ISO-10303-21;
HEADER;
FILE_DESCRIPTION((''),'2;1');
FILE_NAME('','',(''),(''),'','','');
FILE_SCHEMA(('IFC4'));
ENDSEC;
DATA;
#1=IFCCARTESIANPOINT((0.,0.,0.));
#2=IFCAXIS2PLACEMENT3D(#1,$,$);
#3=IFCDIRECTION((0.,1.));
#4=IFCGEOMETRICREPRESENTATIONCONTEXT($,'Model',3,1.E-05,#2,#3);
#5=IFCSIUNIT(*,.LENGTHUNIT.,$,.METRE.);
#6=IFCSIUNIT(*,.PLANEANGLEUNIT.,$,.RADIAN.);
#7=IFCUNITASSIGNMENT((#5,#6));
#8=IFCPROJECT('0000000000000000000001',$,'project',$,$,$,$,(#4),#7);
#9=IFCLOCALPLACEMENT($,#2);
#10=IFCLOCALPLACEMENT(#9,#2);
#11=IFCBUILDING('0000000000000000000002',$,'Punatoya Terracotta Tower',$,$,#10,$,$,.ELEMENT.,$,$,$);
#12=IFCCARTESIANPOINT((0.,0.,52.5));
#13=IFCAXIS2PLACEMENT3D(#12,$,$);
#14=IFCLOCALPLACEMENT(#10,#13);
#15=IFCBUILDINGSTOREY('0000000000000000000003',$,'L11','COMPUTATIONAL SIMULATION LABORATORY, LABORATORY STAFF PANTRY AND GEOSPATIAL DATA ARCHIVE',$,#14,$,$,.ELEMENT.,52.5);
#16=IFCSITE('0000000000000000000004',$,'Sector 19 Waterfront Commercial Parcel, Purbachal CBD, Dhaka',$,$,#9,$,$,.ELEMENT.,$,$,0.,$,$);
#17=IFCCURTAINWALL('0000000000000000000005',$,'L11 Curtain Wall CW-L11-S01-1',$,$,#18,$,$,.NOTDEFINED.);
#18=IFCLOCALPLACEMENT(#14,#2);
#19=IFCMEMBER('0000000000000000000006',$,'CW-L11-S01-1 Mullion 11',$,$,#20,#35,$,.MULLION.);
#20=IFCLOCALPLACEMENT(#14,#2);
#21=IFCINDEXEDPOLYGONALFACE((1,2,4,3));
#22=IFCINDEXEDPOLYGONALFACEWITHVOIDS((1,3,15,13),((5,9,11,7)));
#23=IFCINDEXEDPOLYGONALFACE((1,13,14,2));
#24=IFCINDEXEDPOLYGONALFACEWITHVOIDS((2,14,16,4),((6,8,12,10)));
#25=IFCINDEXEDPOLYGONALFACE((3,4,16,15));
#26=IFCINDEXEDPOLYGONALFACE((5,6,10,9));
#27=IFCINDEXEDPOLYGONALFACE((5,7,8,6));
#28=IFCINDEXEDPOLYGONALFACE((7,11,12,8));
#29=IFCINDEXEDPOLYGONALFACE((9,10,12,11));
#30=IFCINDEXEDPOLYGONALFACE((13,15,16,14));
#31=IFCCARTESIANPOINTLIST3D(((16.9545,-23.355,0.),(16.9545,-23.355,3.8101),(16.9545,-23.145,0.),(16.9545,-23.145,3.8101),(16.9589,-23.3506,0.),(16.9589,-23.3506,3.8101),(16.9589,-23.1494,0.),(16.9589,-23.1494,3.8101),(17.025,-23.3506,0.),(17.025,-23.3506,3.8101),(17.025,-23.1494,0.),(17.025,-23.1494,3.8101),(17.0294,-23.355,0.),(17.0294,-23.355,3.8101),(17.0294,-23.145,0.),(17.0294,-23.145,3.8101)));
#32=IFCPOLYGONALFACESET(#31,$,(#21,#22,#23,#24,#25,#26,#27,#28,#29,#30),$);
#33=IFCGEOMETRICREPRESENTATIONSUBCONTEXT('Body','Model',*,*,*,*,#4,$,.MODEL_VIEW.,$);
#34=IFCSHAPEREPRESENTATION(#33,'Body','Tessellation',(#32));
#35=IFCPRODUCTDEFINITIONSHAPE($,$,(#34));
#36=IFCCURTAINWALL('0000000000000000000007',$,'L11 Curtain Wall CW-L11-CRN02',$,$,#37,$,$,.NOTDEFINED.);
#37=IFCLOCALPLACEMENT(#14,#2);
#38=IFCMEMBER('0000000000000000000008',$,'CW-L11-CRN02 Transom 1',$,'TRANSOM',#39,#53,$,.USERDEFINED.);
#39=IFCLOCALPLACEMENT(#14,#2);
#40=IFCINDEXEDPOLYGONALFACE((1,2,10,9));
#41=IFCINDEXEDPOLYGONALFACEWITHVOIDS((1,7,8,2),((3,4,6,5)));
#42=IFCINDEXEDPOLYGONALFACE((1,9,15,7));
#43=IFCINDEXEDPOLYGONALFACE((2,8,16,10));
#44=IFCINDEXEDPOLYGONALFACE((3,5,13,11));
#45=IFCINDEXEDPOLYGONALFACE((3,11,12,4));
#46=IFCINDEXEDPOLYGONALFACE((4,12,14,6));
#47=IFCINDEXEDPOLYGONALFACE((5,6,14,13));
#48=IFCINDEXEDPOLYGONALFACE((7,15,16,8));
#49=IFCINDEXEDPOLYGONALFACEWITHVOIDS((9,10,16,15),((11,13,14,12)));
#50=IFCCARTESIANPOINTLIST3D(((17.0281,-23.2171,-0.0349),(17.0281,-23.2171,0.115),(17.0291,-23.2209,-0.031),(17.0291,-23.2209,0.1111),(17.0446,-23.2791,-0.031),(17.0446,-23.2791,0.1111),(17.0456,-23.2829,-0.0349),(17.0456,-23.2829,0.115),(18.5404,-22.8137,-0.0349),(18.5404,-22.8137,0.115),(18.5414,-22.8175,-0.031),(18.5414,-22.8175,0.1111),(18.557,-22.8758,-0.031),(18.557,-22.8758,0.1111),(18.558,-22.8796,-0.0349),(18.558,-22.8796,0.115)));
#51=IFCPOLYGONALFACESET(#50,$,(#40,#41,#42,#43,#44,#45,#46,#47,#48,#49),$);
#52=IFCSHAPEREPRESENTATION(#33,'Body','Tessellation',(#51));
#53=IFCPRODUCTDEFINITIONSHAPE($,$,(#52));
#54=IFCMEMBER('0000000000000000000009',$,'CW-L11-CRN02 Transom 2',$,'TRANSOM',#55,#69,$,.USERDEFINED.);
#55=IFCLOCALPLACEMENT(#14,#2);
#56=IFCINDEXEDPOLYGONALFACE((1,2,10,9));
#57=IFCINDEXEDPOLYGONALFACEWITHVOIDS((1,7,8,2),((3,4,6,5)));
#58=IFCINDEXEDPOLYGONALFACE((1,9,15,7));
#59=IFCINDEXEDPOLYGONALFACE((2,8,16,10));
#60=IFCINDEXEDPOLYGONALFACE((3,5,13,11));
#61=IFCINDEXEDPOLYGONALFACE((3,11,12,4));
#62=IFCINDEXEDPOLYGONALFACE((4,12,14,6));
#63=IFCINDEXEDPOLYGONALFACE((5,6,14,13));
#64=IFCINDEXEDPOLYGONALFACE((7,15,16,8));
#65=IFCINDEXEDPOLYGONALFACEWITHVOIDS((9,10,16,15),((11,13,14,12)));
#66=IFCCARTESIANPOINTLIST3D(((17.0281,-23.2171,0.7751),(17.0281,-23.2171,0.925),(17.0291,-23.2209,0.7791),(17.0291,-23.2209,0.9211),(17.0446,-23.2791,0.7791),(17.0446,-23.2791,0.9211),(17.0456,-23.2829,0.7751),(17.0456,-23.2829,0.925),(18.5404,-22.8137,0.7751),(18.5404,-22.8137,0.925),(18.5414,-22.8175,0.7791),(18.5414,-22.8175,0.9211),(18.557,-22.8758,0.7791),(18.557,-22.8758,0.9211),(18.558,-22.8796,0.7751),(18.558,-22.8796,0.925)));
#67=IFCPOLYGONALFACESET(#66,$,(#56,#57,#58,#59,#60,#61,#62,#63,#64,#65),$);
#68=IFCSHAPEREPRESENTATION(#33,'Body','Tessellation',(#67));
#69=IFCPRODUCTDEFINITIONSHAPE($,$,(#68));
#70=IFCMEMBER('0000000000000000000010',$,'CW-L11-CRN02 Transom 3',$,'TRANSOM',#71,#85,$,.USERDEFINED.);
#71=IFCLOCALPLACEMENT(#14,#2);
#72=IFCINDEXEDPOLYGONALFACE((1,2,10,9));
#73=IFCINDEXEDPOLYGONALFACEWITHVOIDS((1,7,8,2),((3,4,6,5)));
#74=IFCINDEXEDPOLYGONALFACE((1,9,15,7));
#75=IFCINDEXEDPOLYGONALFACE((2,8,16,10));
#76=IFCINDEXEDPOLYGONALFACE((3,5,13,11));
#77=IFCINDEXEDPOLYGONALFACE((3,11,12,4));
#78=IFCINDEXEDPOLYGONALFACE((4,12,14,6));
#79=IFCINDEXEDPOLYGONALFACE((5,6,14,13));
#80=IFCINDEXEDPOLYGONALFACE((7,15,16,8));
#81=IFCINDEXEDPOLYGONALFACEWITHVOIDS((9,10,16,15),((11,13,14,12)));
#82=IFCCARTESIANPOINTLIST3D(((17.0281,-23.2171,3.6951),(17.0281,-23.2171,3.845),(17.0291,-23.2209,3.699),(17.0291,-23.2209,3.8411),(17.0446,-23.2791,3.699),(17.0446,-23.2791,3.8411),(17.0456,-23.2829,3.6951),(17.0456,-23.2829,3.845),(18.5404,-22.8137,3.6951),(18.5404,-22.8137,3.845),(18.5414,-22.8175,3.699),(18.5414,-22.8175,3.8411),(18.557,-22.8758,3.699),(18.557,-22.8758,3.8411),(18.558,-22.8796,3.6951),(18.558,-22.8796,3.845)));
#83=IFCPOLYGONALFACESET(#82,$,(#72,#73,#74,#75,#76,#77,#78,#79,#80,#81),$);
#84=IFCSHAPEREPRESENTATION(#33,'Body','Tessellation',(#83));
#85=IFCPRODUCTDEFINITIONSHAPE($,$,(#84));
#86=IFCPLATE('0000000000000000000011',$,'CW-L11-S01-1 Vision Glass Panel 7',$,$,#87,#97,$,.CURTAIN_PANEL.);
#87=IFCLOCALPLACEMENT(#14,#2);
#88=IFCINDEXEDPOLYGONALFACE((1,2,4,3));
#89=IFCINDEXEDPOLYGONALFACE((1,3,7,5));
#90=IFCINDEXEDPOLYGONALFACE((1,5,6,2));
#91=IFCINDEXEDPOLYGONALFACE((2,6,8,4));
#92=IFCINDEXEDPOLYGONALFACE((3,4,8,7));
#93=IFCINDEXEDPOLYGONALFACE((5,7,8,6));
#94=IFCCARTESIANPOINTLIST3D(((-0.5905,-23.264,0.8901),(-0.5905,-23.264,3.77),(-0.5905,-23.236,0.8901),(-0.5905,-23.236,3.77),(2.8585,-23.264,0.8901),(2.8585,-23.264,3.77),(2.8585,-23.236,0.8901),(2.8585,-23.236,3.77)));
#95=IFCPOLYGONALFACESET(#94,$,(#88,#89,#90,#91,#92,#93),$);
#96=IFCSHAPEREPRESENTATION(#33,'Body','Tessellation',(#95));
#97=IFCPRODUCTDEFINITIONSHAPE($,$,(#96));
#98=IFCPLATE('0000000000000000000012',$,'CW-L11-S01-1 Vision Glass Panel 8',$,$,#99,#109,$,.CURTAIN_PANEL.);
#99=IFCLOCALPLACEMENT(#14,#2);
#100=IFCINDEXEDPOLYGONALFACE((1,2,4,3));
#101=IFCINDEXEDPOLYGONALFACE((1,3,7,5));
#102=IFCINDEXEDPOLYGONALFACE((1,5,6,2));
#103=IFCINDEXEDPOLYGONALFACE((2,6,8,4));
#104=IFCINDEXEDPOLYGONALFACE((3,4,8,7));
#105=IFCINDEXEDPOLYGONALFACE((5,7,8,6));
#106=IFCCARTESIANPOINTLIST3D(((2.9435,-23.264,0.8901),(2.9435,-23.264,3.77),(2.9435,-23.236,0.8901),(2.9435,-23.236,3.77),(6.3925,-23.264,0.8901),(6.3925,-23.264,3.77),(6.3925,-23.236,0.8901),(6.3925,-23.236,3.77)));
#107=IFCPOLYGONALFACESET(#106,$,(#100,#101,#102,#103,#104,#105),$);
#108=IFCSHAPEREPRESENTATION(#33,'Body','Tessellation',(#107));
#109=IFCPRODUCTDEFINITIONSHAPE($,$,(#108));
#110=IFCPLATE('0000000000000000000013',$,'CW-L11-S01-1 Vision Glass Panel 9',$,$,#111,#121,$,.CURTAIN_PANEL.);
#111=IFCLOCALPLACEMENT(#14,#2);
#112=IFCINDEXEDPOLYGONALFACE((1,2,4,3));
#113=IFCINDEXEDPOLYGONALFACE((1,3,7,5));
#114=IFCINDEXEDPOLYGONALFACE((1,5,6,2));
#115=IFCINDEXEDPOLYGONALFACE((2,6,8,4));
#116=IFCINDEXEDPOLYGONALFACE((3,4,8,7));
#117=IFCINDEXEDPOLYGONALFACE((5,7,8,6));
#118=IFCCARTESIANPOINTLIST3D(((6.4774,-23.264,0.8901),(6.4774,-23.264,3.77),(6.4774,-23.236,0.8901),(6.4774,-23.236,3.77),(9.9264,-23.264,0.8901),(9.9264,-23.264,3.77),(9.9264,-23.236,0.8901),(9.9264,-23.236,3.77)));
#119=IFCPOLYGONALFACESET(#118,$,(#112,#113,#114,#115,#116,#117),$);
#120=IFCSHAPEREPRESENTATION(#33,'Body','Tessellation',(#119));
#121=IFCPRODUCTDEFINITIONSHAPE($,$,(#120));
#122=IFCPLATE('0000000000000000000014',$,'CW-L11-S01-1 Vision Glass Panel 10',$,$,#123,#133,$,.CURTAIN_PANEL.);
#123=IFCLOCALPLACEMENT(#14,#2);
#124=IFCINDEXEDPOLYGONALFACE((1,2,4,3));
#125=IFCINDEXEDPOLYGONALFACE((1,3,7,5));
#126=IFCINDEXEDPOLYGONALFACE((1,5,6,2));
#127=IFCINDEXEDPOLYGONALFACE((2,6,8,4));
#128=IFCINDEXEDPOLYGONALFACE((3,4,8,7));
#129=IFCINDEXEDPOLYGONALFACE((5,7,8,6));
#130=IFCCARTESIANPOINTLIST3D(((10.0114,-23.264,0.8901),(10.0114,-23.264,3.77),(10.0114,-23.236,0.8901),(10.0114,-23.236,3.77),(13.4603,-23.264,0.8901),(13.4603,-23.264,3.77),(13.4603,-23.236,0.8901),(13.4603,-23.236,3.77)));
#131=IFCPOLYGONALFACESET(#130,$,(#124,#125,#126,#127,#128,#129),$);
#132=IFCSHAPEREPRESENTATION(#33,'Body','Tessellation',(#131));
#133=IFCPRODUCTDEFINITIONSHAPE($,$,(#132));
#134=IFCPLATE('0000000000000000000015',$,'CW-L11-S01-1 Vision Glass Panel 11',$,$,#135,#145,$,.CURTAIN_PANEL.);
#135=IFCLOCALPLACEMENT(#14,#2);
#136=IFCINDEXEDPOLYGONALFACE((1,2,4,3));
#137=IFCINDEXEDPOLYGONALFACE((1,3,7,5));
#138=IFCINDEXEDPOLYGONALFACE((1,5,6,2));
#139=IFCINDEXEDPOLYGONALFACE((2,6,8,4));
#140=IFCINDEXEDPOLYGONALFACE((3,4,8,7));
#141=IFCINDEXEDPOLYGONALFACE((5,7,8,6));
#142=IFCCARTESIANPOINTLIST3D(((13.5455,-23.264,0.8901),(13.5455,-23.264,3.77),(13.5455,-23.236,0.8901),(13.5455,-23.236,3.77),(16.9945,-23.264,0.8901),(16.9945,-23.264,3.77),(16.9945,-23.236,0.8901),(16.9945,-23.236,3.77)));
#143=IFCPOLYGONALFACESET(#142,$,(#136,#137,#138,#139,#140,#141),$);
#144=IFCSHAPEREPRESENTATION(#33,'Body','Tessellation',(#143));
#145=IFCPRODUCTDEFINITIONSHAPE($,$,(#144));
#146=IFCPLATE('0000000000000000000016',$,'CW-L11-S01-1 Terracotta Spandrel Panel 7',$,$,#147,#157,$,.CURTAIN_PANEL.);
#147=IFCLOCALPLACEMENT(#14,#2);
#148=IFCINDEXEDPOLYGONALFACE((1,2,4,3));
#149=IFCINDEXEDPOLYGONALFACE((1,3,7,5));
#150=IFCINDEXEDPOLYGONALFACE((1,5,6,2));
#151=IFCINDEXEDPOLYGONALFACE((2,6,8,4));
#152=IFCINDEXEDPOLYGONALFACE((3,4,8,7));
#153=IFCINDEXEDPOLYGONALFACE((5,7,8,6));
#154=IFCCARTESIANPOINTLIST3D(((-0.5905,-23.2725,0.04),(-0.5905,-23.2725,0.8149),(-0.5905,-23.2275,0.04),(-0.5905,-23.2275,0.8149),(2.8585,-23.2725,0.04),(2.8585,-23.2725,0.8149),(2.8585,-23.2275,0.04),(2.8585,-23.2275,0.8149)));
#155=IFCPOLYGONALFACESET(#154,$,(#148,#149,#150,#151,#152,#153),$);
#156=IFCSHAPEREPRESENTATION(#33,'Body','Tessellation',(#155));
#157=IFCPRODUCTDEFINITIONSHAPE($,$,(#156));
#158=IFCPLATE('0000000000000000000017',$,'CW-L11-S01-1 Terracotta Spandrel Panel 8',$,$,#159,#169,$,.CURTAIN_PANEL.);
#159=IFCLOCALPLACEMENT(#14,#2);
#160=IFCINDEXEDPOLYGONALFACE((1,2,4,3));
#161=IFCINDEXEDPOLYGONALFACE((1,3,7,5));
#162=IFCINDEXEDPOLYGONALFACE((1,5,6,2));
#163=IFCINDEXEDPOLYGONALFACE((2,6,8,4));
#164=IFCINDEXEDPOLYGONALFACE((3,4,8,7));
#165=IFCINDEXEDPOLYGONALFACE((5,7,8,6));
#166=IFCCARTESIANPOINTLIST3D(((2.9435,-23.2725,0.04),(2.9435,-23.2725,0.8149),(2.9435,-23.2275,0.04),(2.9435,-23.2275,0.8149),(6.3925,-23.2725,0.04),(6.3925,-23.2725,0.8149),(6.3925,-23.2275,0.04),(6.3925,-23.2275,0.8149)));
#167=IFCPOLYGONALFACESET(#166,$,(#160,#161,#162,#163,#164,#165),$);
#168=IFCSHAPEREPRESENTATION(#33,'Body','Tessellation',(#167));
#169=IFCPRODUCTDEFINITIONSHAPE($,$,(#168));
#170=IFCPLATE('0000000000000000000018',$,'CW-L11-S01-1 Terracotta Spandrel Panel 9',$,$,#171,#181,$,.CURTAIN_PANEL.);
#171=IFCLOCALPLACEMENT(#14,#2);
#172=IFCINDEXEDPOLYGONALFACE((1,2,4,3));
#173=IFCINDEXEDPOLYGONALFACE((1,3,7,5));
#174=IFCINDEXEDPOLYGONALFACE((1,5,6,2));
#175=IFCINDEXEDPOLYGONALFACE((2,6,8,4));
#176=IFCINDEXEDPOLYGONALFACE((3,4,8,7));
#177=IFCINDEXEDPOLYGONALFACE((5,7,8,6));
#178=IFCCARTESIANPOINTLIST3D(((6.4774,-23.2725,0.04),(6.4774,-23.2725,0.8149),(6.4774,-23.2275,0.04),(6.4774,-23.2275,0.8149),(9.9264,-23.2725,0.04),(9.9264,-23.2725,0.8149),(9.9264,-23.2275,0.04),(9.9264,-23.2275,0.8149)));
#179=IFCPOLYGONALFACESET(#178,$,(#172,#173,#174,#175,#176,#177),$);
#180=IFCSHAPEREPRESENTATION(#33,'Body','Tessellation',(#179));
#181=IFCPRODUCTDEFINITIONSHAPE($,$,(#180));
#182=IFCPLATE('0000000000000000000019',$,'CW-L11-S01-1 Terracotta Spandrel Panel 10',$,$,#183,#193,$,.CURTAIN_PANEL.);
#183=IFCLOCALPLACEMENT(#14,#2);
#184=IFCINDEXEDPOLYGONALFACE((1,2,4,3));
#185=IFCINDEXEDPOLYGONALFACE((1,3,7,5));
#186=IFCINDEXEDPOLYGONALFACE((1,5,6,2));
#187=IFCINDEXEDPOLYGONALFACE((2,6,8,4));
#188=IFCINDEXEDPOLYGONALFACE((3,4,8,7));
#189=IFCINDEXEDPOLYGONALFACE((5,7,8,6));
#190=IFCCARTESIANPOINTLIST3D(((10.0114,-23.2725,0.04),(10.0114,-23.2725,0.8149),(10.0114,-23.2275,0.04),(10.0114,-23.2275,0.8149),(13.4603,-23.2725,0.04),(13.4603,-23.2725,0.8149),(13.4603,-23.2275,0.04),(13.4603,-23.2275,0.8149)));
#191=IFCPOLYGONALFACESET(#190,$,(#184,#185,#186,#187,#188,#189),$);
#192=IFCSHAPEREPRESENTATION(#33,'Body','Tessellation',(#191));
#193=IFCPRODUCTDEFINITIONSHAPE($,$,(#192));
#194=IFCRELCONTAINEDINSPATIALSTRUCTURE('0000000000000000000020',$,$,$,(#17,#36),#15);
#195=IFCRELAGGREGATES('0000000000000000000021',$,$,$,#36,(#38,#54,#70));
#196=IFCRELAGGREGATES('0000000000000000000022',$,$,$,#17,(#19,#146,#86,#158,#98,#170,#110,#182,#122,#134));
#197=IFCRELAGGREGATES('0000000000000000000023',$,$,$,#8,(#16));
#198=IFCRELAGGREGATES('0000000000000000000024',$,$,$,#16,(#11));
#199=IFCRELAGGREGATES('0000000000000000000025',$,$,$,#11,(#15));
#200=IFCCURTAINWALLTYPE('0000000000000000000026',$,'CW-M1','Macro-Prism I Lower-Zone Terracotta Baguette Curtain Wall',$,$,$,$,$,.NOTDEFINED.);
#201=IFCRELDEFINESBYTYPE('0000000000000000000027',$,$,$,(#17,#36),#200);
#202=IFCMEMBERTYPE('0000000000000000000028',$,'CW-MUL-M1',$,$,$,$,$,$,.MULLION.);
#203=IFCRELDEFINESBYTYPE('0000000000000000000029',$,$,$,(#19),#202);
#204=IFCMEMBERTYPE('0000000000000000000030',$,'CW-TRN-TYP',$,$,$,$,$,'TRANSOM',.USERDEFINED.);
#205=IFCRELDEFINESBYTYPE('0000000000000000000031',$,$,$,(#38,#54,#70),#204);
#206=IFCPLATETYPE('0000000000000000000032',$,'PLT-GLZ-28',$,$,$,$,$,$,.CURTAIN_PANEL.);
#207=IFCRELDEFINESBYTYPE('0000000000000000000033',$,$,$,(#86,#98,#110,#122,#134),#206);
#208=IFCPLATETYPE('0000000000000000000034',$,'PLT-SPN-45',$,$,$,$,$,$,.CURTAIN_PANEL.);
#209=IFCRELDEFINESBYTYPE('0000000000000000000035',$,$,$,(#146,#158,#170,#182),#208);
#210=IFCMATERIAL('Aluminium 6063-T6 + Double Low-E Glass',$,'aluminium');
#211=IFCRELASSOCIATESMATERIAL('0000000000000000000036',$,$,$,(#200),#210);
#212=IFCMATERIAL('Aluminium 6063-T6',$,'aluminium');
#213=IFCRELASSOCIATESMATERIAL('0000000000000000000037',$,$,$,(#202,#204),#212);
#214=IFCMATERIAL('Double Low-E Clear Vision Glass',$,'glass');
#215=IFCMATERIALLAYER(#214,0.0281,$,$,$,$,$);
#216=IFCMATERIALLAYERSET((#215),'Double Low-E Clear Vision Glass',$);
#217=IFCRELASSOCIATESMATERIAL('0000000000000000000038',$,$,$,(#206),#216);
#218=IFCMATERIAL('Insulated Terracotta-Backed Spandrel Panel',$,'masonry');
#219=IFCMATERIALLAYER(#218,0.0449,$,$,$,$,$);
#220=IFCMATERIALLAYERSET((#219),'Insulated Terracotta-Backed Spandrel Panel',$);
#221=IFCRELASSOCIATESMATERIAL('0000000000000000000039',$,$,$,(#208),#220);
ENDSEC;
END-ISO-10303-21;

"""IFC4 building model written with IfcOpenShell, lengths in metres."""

from ifc_helpers import new_model, si_unit, direction, frame, origin, origin_2d, place, context, subcontext, project, spatial, rectangle, hollow_rectangle, extrude, material, layer, layer_set, material_profile, profile_set, type_object, element, aggregate, save


model = new_model("IFC4")

# Units and contexts
model_context = context("Model", 3, precision=1e-05, world=origin(), true_north=direction((0.0, 1.0)))
body_context = subcontext(model_context, "Body", "Model", "MODEL_VIEW")
ifc_project = project(units=[si_unit("LENGTHUNIT", "METRE"), si_unit("PLANEANGLEUNIT", "RADIAN")], contexts=[model_context])

# Site, building, storey
site_placement = place(None, origin())
site = spatial("IfcSite", under=ifc_project, at=site_placement, Name="Sector 19 Waterfront Commercial Parcel, Purbachal CBD, Dhaka", CompositionType="ELEMENT", RefElevation=0.0)
building_placement = place(site_placement, origin())
building = spatial("IfcBuilding", under=site, at=building_placement, Name="Punatoya Terracotta Tower", CompositionType="ELEMENT")
storey_placement = place(building_placement, frame((0.0, 0.0, 52.5)))
storey = spatial("IfcBuildingStorey", under=building, at=storey_placement, Name="L11", Description="COMPUTATIONAL SIMULATION LABORATORY, LABORATORY STAFF PANTRY AND GEOSPATIAL DATA ARCHIVE", CompositionType="ELEMENT", Elevation=52.5)

# Curtain walls, members
ifc_material_1 = material(Name="Aluminium 6063-T6 + Double Low-E Glass", Category="aluminium")
curtain_wall_type = type_object("IfcCurtainWallType", Name="CW-M1", Description="Macro-Prism I Lower-Zone Terracotta Baguette Curtain Wall", PredefinedType="NOTDEFINED", material=ifc_material_1)
curtain_wall_1_placement = place(storey_placement, origin())
curtain_wall_1 = element("IfcCurtainWall", 1, at=curtain_wall_1_placement, inside=storey, type_object=curtain_wall_type, Name="L11 Curtain Wall CW-L11-S01-1", PredefinedType="NOTDEFINED")
ifc_material_2 = material(Name="Aluminium 6063-T6", Category="aluminium")
ifc_material_profile_1 = material_profile(ifc_material_2, hollow_rectangle(XDim=0.075, YDim=0.21, WallThickness=0.0044, at=origin_2d()))
ifc_profile_set_1 = profile_set([ifc_material_profile_1], Name="Aluminium 6063-T6")
member_type_1 = type_object("IfcMemberType", Name="CW-MUL-M1", PredefinedType="MULLION", material=ifc_profile_set_1)
member_1_placement = place(storey_placement, frame((16.9919, -23.25, 0.0), z_axis=(0.0, 0.0, 1.0), x_axis=(1.0, 0.0, 0.0)))
member_1 = element("IfcMember", 2, at=member_1_placement, type_object=member_type_1, Name="CW-L11-S01-1 Mullion 11", PredefinedType="MULLION", context=body_context, shape_type="SweptSolid", body=[
    extrude(hollow_rectangle(XDim=0.075, YDim=0.21, WallThickness=0.0044, at=origin_2d()), origin(), (0.0, 0.0, 1.0), 3.8101),
])
curtain_wall_2_placement = place(storey_placement, origin())
curtain_wall_2 = element("IfcCurtainWall", 3, at=curtain_wall_2_placement, inside=storey, type_object=curtain_wall_type, Name="L11 Curtain Wall CW-L11-CRN02", PredefinedType="NOTDEFINED")
ifc_material_profile_2 = material_profile(ifc_material_2, hollow_rectangle(XDim=0.0681, YDim=0.1499, WallThickness=0.0039, at=origin_2d()))
ifc_profile_set_2 = profile_set([ifc_material_profile_2], Name="Aluminium 6063-T6")
member_type_2 = type_object("IfcMemberType", Name="CW-TRN-TYP", ElementType="TRANSOM", PredefinedType="USERDEFINED", material=ifc_profile_set_2)
member_2_placement = place(storey_placement, frame((17.0369, -23.25, 0.04), z_axis=(0.966225, 0.257701, 0.0), x_axis=(-0.257701, 0.966225, 0.0)))
member_2 = element("IfcMember", 4, at=member_2_placement, type_object=member_type_2, Name="CW-L11-CRN02 Transom 1", ObjectType="TRANSOM", PredefinedType="USERDEFINED", context=body_context, shape_type="SweptSolid", body=[
    extrude(hollow_rectangle(XDim=0.0681, YDim=0.1499, WallThickness=0.0039, at=origin_2d()), origin(), (0.0, 0.0, 1.0), 1.5652),
])
member_3_placement = place(storey_placement, frame((17.0369, -23.25, 0.8501), z_axis=(0.966225, 0.257701, 0.0), x_axis=(-0.257701, 0.966225, 0.0)))
member_3 = element("IfcMember", 5, at=member_3_placement, type_object=member_type_2, Name="CW-L11-CRN02 Transom 2", ObjectType="TRANSOM", PredefinedType="USERDEFINED", context=body_context, shape_type="SweptSolid", body=[
    extrude(hollow_rectangle(XDim=0.0681, YDim=0.1499, WallThickness=0.0039, at=origin_2d()), origin(), (0.0, 0.0, 1.0), 1.5652),
])
member_4_placement = place(storey_placement, frame((17.0369, -23.25, 3.77), z_axis=(0.966225, 0.257701, 0.0), x_axis=(-0.257701, 0.966225, 0.0)))
member_4 = element("IfcMember", 6, at=member_4_placement, type_object=member_type_2, Name="CW-L11-CRN02 Transom 3", ObjectType="TRANSOM", PredefinedType="USERDEFINED", context=body_context, shape_type="SweptSolid", body=[
    extrude(hollow_rectangle(XDim=0.0681, YDim=0.1499, WallThickness=0.0039, at=origin_2d()), origin(), (0.0, 0.0, 1.0), 1.5652),
])
aggregate(curtain_wall_2, [member_2, member_3, member_4])

# Plates
ifc_material_3 = material(Name="Double Low-E Clear Vision Glass", Category="glass")
ifc_layer_1 = layer(ifc_material_3, 0.0281)
ifc_layer_set_1 = layer_set([ifc_layer_1], Name="Double Low-E Clear Vision Glass")
plate_type_1 = type_object("IfcPlateType", Name="PLT-GLZ-28", PredefinedType="CURTAIN_PANEL", material=ifc_layer_set_1)
plate_1_placement = place(storey_placement, frame((1.134, -23.25, 0.8901), z_axis=(0.0, 0.0, 1.0), x_axis=(1.0, 0.0, 0.0)))
plate_1 = element("IfcPlate", 7, at=plate_1_placement, type_object=plate_type_1, Name="CW-L11-S01-1 Vision Glass Panel 7", PredefinedType="CURTAIN_PANEL", context=body_context, shape_type="SweptSolid", body=[
    extrude(rectangle(XDim=3.449, YDim=0.0281, at=origin_2d()), origin(), (0.0, 0.0, 1.0), 2.8799),
])
plate_2_placement = place(storey_placement, frame((4.668, -23.25, 0.8901), z_axis=(0.0, 0.0, 1.0), x_axis=(1.0, 0.0, 0.0)))
plate_2 = element("IfcPlate", 8, at=plate_2_placement, type_object=plate_type_1, Name="CW-L11-S01-1 Vision Glass Panel 8", PredefinedType="CURTAIN_PANEL", context=body_context, shape_type="SweptSolid", body=[
    extrude(rectangle(XDim=3.449, YDim=0.0281, at=origin_2d()), origin(), (0.0, 0.0, 1.0), 2.8799),
])
plate_3_placement = place(storey_placement, frame((8.2019, -23.25, 0.8901), z_axis=(0.0, 0.0, 1.0), x_axis=(1.0, 0.0, 0.0)))
plate_3 = element("IfcPlate", 9, at=plate_3_placement, type_object=plate_type_1, Name="CW-L11-S01-1 Vision Glass Panel 9", PredefinedType="CURTAIN_PANEL", context=body_context, shape_type="SweptSolid", body=[
    extrude(rectangle(XDim=3.449, YDim=0.0281, at=origin_2d()), origin(), (0.0, 0.0, 1.0), 2.8799),
])
plate_4_placement = place(storey_placement, frame((11.7358, -23.25, 0.8901), z_axis=(0.0, 0.0, 1.0), x_axis=(1.0, 0.0, 0.0)))
plate_4 = element("IfcPlate", 10, at=plate_4_placement, type_object=plate_type_1, Name="CW-L11-S01-1 Vision Glass Panel 10", PredefinedType="CURTAIN_PANEL", context=body_context, shape_type="SweptSolid", body=[
    extrude(rectangle(XDim=3.449, YDim=0.0281, at=origin_2d()), origin(), (0.0, 0.0, 1.0), 2.8799),
])
plate_5_placement = place(storey_placement, frame((15.27, -23.25, 0.8901), z_axis=(0.0, 0.0, 1.0), x_axis=(1.0, 0.0, 0.0)))
plate_5 = element("IfcPlate", 11, at=plate_5_placement, type_object=plate_type_1, Name="CW-L11-S01-1 Vision Glass Panel 11", PredefinedType="CURTAIN_PANEL", context=body_context, shape_type="SweptSolid", body=[
    extrude(rectangle(XDim=3.449, YDim=0.0281, at=origin_2d()), origin(), (0.0, 0.0, 1.0), 2.8799),
])
ifc_material_4 = material(Name="Insulated Terracotta-Backed Spandrel Panel", Category="masonry")
ifc_layer_2 = layer(ifc_material_4, 0.0449)
ifc_layer_set_2 = layer_set([ifc_layer_2], Name="Insulated Terracotta-Backed Spandrel Panel")
plate_type_2 = type_object("IfcPlateType", Name="PLT-SPN-45", PredefinedType="CURTAIN_PANEL", material=ifc_layer_set_2)
plate_6_placement = place(storey_placement, frame((1.134, -23.25, 0.04), z_axis=(0.0, 0.0, 1.0), x_axis=(1.0, 0.0, 0.0)))
plate_6 = element("IfcPlate", 12, at=plate_6_placement, type_object=plate_type_2, Name="CW-L11-S01-1 Terracotta Spandrel Panel 7", PredefinedType="CURTAIN_PANEL", context=body_context, shape_type="SweptSolid", body=[
    extrude(rectangle(XDim=3.449, YDim=0.0449, at=origin_2d()), origin(), (0.0, 0.0, 1.0), 0.7749),
])
plate_7_placement = place(storey_placement, frame((4.668, -23.25, 0.04), z_axis=(0.0, 0.0, 1.0), x_axis=(1.0, 0.0, 0.0)))
plate_7 = element("IfcPlate", 13, at=plate_7_placement, type_object=plate_type_2, Name="CW-L11-S01-1 Terracotta Spandrel Panel 8", PredefinedType="CURTAIN_PANEL", context=body_context, shape_type="SweptSolid", body=[
    extrude(rectangle(XDim=3.449, YDim=0.0449, at=origin_2d()), origin(), (0.0, 0.0, 1.0), 0.7749),
])
plate_8_placement = place(storey_placement, frame((8.2019, -23.25, 0.04), z_axis=(0.0, 0.0, 1.0), x_axis=(1.0, 0.0, 0.0)))
plate_8 = element("IfcPlate", 14, at=plate_8_placement, type_object=plate_type_2, Name="CW-L11-S01-1 Terracotta Spandrel Panel 9", PredefinedType="CURTAIN_PANEL", context=body_context, shape_type="SweptSolid", body=[
    extrude(rectangle(XDim=3.449, YDim=0.0449, at=origin_2d()), origin(), (0.0, 0.0, 1.0), 0.7749),
])
plate_9_placement = place(storey_placement, frame((11.7358, -23.25, 0.04), z_axis=(0.0, 0.0, 1.0), x_axis=(1.0, 0.0, 0.0)))
plate_9 = element("IfcPlate", 15, at=plate_9_placement, type_object=plate_type_2, Name="CW-L11-S01-1 Terracotta Spandrel Panel 10", PredefinedType="CURTAIN_PANEL", context=body_context, shape_type="SweptSolid", body=[
    extrude(rectangle(XDim=3.449, YDim=0.0449, at=origin_2d()), origin(), (0.0, 0.0, 1.0), 0.7749),
])
aggregate(curtain_wall_1, [member_1, plate_6, plate_1, plate_7, plate_2, plate_8, plate_3, plate_9, plate_4, plate_5])

save(model, "model.ifc")
